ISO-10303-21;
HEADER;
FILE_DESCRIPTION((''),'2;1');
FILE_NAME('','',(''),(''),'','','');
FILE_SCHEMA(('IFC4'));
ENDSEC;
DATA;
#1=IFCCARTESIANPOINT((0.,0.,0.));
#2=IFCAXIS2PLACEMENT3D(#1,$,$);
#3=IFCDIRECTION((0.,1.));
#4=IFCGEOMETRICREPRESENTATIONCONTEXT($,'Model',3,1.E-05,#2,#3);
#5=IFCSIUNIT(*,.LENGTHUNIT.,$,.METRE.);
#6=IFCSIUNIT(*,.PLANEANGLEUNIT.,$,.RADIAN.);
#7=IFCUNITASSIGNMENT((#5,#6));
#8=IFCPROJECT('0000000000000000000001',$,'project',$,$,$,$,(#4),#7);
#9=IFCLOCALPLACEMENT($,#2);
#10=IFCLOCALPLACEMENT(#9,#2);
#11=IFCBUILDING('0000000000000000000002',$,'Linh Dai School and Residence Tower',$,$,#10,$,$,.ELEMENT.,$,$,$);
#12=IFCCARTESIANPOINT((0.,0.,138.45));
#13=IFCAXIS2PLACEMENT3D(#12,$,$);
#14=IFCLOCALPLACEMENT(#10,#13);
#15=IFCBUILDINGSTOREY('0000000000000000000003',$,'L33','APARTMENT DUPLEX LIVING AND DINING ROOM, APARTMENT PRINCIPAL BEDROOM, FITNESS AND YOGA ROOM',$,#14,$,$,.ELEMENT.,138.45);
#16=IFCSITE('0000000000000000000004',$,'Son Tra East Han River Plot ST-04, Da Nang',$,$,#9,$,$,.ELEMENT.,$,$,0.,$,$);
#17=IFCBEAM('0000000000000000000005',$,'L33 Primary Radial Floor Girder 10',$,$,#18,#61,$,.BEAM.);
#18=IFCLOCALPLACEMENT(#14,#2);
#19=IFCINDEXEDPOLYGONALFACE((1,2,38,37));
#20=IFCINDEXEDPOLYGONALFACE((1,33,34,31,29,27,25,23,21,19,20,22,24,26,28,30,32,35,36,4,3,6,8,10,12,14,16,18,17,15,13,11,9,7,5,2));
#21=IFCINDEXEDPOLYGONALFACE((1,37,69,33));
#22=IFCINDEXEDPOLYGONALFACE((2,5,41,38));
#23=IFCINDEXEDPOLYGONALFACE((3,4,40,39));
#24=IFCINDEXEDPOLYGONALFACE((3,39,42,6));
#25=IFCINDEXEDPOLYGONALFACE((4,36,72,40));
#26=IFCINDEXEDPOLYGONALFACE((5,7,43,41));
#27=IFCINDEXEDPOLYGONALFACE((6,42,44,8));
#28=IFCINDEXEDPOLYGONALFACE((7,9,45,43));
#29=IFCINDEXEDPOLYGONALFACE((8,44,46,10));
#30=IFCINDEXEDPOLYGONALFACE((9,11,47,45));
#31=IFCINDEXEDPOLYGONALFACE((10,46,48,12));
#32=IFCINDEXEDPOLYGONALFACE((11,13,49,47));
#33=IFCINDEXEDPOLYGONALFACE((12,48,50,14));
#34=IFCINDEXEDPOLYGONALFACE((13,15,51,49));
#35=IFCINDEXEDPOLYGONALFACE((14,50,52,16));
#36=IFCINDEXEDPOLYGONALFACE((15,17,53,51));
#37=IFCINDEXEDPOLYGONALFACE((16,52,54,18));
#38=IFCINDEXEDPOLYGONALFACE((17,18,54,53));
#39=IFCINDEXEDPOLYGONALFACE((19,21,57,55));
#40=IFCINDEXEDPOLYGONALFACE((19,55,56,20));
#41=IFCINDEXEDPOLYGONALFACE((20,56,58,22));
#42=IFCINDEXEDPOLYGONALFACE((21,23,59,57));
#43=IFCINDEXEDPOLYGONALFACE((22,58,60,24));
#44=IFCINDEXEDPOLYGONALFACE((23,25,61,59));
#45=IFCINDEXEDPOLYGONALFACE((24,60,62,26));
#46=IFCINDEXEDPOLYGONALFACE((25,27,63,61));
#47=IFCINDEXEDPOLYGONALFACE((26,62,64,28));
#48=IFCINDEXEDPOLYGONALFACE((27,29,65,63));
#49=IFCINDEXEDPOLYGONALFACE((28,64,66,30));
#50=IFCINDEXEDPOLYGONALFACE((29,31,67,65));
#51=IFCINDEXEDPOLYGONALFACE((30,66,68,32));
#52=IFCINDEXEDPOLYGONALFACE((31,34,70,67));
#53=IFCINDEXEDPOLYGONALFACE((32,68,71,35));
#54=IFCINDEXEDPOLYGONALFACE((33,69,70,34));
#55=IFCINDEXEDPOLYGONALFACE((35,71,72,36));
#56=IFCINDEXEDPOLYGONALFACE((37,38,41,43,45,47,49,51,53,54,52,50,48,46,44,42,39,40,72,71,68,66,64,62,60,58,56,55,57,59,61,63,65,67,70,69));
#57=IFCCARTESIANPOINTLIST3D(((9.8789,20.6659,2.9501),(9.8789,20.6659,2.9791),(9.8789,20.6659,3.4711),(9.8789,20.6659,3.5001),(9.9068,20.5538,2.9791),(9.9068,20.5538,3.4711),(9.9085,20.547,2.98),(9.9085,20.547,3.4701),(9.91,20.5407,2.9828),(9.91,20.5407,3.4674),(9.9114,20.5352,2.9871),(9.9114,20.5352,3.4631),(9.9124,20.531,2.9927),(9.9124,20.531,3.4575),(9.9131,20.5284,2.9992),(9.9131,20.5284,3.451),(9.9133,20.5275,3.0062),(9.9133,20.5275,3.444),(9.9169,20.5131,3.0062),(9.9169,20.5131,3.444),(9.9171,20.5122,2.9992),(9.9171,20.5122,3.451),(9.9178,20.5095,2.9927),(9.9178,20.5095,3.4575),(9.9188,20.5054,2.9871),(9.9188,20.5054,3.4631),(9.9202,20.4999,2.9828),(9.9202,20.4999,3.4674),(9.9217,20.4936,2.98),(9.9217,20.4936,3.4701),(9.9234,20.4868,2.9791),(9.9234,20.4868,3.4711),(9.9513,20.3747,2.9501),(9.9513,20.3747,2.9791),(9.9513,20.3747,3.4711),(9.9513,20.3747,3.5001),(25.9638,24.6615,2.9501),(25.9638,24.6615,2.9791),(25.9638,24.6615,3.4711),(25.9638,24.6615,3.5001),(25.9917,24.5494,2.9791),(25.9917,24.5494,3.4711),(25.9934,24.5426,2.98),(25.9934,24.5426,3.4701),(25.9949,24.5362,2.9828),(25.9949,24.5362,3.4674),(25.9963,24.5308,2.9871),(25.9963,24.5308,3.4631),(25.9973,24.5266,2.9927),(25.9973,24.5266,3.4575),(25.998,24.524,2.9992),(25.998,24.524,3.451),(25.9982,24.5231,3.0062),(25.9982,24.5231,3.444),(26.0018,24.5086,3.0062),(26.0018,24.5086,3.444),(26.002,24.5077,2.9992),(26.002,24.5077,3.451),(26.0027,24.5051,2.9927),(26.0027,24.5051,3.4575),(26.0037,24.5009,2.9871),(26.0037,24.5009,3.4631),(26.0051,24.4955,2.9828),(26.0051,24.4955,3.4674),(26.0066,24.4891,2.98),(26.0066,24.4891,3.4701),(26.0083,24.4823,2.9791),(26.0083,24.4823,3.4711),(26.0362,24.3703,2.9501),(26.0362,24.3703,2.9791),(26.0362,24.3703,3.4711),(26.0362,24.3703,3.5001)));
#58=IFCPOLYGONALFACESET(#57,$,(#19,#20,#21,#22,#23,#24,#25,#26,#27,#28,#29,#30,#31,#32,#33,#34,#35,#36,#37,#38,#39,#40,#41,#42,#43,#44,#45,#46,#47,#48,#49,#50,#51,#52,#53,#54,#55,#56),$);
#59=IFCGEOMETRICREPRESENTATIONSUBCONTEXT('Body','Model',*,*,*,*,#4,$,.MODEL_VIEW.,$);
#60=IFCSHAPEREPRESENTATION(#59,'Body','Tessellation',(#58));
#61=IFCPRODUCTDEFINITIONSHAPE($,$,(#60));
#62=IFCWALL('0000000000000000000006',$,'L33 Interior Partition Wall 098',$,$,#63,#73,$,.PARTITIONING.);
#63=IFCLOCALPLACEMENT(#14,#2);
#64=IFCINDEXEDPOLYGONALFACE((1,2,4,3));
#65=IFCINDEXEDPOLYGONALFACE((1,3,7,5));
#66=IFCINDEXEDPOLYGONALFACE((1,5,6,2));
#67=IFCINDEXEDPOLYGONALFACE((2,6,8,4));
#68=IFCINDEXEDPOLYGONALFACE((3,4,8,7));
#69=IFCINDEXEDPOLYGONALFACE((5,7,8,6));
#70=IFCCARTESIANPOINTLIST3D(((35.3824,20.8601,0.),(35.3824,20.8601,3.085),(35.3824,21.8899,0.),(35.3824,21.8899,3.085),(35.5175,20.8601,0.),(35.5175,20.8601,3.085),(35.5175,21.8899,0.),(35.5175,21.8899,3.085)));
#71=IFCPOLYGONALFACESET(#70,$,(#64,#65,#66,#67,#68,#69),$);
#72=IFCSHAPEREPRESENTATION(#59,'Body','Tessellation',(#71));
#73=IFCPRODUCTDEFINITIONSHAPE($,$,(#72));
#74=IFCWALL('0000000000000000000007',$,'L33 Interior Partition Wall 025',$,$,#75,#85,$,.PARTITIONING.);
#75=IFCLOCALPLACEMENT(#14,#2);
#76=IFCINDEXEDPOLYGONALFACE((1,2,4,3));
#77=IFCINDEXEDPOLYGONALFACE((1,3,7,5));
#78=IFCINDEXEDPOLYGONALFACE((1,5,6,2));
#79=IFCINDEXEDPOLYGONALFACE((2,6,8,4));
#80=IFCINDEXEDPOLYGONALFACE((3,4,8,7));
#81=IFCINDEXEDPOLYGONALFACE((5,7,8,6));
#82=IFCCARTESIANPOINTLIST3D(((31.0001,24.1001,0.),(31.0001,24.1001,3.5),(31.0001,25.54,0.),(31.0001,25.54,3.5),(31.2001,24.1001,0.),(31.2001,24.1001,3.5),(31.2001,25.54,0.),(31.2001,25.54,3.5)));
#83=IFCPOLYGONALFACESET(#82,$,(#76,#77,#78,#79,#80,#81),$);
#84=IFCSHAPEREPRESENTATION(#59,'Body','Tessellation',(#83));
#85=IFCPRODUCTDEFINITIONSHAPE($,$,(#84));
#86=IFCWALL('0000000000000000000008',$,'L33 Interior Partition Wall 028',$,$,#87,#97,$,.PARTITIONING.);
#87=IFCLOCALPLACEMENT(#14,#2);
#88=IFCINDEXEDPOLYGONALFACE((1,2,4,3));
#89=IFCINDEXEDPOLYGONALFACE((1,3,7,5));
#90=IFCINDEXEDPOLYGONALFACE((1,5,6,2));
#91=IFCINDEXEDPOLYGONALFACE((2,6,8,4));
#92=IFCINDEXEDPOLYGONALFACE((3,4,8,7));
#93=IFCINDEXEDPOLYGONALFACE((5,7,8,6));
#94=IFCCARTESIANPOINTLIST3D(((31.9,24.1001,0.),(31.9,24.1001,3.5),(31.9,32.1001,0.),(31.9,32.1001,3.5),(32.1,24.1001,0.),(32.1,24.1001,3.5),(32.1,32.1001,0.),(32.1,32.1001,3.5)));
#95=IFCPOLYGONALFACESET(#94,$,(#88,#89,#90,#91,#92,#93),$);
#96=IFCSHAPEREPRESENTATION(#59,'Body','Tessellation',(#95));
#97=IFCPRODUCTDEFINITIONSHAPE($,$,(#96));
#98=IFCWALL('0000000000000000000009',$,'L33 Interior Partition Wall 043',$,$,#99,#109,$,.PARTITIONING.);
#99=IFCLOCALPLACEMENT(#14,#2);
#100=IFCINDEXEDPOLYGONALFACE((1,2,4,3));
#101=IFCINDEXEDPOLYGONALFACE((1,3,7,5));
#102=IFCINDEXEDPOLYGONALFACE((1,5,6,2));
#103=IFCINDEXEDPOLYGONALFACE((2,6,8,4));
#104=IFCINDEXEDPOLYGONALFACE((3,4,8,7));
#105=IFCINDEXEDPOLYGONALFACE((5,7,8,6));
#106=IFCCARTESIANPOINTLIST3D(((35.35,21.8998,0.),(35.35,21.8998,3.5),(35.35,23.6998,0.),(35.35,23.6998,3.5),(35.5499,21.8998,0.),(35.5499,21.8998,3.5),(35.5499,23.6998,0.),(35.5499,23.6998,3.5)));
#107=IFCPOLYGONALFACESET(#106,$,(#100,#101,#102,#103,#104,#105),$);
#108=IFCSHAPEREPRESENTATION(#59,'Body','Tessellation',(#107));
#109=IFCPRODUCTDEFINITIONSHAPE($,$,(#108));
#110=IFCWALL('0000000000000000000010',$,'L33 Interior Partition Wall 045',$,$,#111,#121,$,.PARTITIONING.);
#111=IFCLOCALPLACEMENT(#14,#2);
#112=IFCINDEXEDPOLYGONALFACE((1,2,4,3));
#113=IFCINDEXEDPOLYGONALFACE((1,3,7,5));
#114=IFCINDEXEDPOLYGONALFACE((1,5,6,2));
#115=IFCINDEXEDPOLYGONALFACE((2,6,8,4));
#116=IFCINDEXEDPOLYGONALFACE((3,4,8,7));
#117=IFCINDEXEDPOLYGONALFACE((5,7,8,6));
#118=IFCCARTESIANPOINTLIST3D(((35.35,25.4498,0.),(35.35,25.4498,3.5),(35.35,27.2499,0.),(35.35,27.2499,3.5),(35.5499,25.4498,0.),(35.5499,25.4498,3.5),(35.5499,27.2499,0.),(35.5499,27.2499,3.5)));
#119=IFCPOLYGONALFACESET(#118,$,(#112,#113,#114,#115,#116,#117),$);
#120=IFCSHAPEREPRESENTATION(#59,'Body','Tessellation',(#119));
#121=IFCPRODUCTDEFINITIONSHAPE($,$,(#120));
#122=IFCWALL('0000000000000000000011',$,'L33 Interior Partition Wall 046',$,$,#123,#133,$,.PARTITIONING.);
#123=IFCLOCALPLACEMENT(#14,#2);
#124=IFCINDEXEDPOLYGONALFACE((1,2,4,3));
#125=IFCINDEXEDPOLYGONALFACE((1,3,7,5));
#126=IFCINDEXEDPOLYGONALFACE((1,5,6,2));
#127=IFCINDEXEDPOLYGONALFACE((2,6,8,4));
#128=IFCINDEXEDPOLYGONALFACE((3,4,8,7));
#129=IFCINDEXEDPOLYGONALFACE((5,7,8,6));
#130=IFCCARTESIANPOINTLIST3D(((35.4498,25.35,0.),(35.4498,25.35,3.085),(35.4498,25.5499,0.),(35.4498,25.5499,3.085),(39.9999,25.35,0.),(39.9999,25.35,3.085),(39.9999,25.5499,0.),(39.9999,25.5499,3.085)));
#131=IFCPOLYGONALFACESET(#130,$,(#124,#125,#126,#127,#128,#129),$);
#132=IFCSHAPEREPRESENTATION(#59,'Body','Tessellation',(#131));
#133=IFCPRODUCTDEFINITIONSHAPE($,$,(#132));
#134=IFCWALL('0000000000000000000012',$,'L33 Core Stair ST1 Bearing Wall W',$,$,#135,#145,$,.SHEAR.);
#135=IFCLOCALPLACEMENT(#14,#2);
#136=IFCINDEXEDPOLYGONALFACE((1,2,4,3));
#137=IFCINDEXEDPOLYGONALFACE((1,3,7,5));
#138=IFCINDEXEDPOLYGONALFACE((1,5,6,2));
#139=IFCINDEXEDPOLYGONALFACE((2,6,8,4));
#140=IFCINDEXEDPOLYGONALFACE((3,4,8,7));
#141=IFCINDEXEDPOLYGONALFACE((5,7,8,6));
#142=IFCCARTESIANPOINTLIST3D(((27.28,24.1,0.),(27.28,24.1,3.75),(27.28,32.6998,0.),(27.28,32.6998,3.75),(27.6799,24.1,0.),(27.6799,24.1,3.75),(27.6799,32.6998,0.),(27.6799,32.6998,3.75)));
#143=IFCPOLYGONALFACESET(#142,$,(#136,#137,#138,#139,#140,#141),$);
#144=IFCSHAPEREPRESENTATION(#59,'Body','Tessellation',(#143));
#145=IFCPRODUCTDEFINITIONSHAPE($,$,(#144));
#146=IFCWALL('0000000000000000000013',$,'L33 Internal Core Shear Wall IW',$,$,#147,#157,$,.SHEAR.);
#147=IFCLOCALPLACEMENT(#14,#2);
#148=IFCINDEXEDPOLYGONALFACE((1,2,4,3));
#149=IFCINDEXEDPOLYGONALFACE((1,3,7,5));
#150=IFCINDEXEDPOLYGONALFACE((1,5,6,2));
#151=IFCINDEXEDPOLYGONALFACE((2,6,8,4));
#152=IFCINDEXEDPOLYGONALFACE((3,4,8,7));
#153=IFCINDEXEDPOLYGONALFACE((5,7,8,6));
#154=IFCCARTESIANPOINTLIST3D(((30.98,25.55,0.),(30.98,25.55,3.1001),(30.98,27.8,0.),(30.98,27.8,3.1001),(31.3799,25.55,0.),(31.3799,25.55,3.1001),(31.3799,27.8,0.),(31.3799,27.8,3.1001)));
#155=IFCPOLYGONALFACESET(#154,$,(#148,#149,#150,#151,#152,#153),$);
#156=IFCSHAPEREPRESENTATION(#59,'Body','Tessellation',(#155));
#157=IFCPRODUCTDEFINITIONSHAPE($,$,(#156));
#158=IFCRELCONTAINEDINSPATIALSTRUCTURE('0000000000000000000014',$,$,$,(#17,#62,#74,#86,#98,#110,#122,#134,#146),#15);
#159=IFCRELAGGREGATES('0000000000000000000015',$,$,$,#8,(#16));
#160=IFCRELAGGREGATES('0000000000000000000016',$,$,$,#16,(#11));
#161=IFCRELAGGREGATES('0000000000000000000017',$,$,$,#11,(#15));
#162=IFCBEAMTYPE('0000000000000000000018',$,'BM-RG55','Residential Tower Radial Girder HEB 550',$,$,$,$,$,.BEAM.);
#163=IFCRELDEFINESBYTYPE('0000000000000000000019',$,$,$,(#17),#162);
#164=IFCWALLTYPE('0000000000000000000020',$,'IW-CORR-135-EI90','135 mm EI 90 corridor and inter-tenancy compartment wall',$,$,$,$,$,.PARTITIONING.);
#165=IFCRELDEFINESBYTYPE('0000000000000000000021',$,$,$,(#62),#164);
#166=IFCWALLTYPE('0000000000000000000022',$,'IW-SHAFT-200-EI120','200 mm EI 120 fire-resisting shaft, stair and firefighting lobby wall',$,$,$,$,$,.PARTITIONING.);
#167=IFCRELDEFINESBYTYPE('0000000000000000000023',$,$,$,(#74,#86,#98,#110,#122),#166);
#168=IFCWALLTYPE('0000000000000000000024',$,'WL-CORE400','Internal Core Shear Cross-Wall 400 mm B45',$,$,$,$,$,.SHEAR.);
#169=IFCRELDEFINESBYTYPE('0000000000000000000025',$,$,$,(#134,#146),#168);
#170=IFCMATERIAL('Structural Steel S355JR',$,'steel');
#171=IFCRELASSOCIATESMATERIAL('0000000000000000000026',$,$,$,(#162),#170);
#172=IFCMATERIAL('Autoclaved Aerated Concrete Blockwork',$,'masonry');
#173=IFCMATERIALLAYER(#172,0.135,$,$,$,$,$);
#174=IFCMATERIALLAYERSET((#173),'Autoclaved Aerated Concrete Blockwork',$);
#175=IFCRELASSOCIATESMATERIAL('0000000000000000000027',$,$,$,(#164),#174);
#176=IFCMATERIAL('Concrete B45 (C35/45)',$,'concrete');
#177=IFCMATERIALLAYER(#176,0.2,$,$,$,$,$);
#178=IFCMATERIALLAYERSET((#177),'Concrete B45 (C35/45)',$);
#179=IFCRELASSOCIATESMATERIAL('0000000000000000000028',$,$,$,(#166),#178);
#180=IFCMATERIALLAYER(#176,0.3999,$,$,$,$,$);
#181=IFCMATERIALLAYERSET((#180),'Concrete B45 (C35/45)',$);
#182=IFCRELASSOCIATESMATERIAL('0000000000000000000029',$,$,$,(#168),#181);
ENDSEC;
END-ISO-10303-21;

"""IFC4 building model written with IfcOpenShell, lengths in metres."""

from ifc_helpers import new_model, si_unit, direction, frame, frame_2d, origin, origin_2d, place, context, subcontext, project, spatial, rectangle, i_section, extrude, material, layer, layer_set, material_profile, profile_set, type_object, element, save


model = new_model("IFC4")

# Units and contexts
model_context = context("Model", 3, precision=1e-05, world=origin(), true_north=direction((0.0, 1.0)))
body_context = subcontext(model_context, "Body", "Model", "MODEL_VIEW")
ifc_project = project(units=[si_unit("LENGTHUNIT", "METRE"), si_unit("PLANEANGLEUNIT", "RADIAN")], contexts=[model_context])

# Site, building, storey
site_placement = place(None, origin())
site = spatial("IfcSite", under=ifc_project, at=site_placement, Name="Son Tra East Han River Plot ST-04, Da Nang", CompositionType="ELEMENT", RefElevation=0.0)
building_placement = place(site_placement, origin())
building = spatial("IfcBuilding", under=site, at=building_placement, Name="Linh Dai School and Residence Tower", CompositionType="ELEMENT")
storey_placement = place(building_placement, frame((0.0, 0.0, 138.45)))
storey = spatial("IfcBuildingStorey", under=building, at=storey_placement, Name="L33", Description="APARTMENT DUPLEX LIVING AND DINING ROOM, APARTMENT PRINCIPAL BEDROOM, FITNESS AND YOGA ROOM", CompositionType="ELEMENT", Elevation=138.45)

# Shared definitions
ifc_material_1 = material(Name="Structural Steel S355JR", Category="steel")

# Beam
ifc_material_profile_1 = material_profile(ifc_material_1, i_section(OverallWidth=0.3, OverallDepth=0.55, WebThickness=0.0149, FlangeThickness=0.0291, FilletRadius=0.0271, at=origin_2d()), Name="HEB 550")
ifc_profile_set_1 = profile_set([ifc_material_profile_1], Name="Structural Steel S355JR")
beam_type = type_object("IfcBeamType", Name="BM-RG55", Description="Residential Tower Radial Girder HEB 550", PredefinedType="BEAM", material=ifc_profile_set_1)
beam_placement = place(storey_placement, frame((26.0, 24.5159, 3.2251), z_axis=(-0.970505, -0.24108, 0.0), x_axis=(0.24108, -0.970505, 0.0)))
element("IfcBeam", 1, at=beam_placement, inside=storey, type_object=beam_type, Name="L33 Primary Radial Floor Girder 10", PredefinedType="BEAM", context=body_context, shape_type="SweptSolid", body=[
    extrude(i_section(OverallWidth=0.3, OverallDepth=0.55, WebThickness=0.0149, FlangeThickness=0.0291, FilletRadius=0.0271, at=origin_2d()), origin(), (0.0, 0.0, 1.0), 16.5737),
])

# Wall
ifc_material_2 = material(Name="Autoclaved Aerated Concrete Blockwork", Category="masonry")
ifc_layer_1 = layer(ifc_material_2, 0.135)
ifc_layer_set_1 = layer_set([ifc_layer_1], Name="Autoclaved Aerated Concrete Blockwork")
wall_type_1 = type_object("IfcWallType", Name="IW-CORR-135-EI90", Description="135 mm EI 90 corridor and inter-tenancy compartment wall", PredefinedType="PARTITIONING", material=ifc_layer_set_1)
wall_1_placement = place(storey_placement, frame((35.45, 21.8899, 0.0), z_axis=(0.0, 0.0, 1.0), x_axis=(0.0, -1.0, 0.0)))
element("IfcWall", 2, at=wall_1_placement, inside=storey, type_object=wall_type_1, Name="L33 Interior Partition Wall 098", PredefinedType="PARTITIONING", context=body_context, shape_type="SweptSolid", body=[
    extrude(rectangle(XDim=1.0298, YDim=0.135, at=frame_2d((0.5149, 0.0))), origin(), (0.0, 0.0, 1.0), 3.085),
])

# Shared definitions
ifc_material_3 = material(Name="Concrete B45 (C35/45)", Category="concrete")
ifc_layer_2 = layer(ifc_material_3, 0.2)
ifc_layer_set_2 = layer_set([ifc_layer_2], Name="Concrete B45 (C35/45)")
wall_type_2 = type_object("IfcWallType", Name="IW-SHAFT-200-EI120", Description="200 mm EI 120 fire-resisting shaft, stair and firefighting lobby wall", PredefinedType="PARTITIONING", material=ifc_layer_set_2)

# Walls
wall_2_placement = place(storey_placement, frame((31.1001, 24.1001, 0.0), z_axis=(0.0, 0.0, 1.0), x_axis=(0.0, 1.0, 0.0)))
element("IfcWall", 3, at=wall_2_placement, inside=storey, type_object=wall_type_2, Name="L33 Interior Partition Wall 025", PredefinedType="PARTITIONING", context=body_context, shape_type="SweptSolid", body=[
    extrude(rectangle(XDim=1.4399, YDim=0.2, at=frame_2d((0.72, 0.0))), origin(), (0.0, 0.0, 1.0), 3.5),
])
wall_3_placement = place(storey_placement, frame((32.0, 24.1001, 0.0), z_axis=(0.0, 0.0, 1.0), x_axis=(0.0, 1.0, 0.0)))
element("IfcWall", 4, at=wall_3_placement, inside=storey, type_object=wall_type_2, Name="L33 Interior Partition Wall 028", PredefinedType="PARTITIONING", context=body_context, shape_type="SweptSolid", body=[
    extrude(rectangle(XDim=8.0, YDim=0.2, at=frame_2d((4.0, 0.0))), origin(), (0.0, 0.0, 1.0), 3.5),
])

# Wall
wall_4_placement = place(storey_placement, frame((35.45, 21.8999, 0.0), z_axis=(0.0, 0.0, 1.0), x_axis=(0.0, 1.0, 0.0)))
element("IfcWall", 5, at=wall_4_placement, inside=storey, type_object=wall_type_2, Name="L33 Interior Partition Wall 043", PredefinedType="PARTITIONING", context=body_context, shape_type="SweptSolid", body=[
    extrude(rectangle(XDim=1.8, YDim=0.2, at=frame_2d((0.8999, 0.0))), origin(), (0.0, 0.0, 1.0), 3.5),
])

# Walls
wall_5_placement = place(storey_placement, frame((35.45, 25.45, 0.0), z_axis=(0.0, 0.0, 1.0), x_axis=(0.0, 1.0, 0.0)))
element("IfcWall", 6, at=wall_5_placement, inside=storey, type_object=wall_type_2, Name="L33 Interior Partition Wall 045", PredefinedType="PARTITIONING", context=body_context, shape_type="SweptSolid", body=[
    extrude(rectangle(XDim=1.8, YDim=0.2, at=frame_2d((0.8999, 0.0))), origin(), (0.0, 0.0, 1.0), 3.5),
])
wall_6_placement = place(storey_placement, frame((35.45, 25.45, 0.0), z_axis=(0.0, 0.0, 1.0), x_axis=(1.0, 0.0, 0.0)))
element("IfcWall", 7, at=wall_6_placement, inside=storey, type_object=wall_type_2, Name="L33 Interior Partition Wall 046", PredefinedType="PARTITIONING", context=body_context, shape_type="SweptSolid", body=[
    extrude(rectangle(XDim=4.55, YDim=0.2, at=frame_2d((2.2749, 0.0))), origin(), (0.0, 0.0, 1.0), 3.085),
])
ifc_layer_3 = layer(ifc_material_3, 0.3999)
ifc_layer_set_3 = layer_set([ifc_layer_3], Name="Concrete B45 (C35/45)")
wall_type_3 = type_object("IfcWallType", Name="WL-CORE400", Description="Internal Core Shear Cross-Wall 400 mm B45", PredefinedType="SHEAR", material=ifc_layer_set_3)
wall_7_placement = place(storey_placement, frame((27.48, 24.1001, 0.0), z_axis=(0.0, 0.0, 1.0), x_axis=(0.0, 1.0, 0.0)))
element("IfcWall", 8, at=wall_7_placement, inside=storey, type_object=wall_type_3, Name="L33 Core Stair ST1 Bearing Wall W", PredefinedType="SHEAR", context=body_context, shape_type="SweptSolid", body=[
    extrude(rectangle(XDim=8.5999, YDim=0.3999, at=frame_2d((4.2998, 0.0))), origin(), (0.0, 0.0, 1.0), 3.75),
])
wall_8_placement = place(storey_placement, frame((31.1799, 25.55, 0.0), z_axis=(0.0, 0.0, 1.0), x_axis=(0.0, 1.0, 0.0)))
element("IfcWall", 9, at=wall_8_placement, inside=storey, type_object=wall_type_3, Name="L33 Internal Core Shear Wall IW", PredefinedType="SHEAR", context=body_context, shape_type="SweptSolid", body=[
    extrude(rectangle(XDim=2.25, YDim=0.3999, at=frame_2d((1.125, 0.0))), origin(), (0.0, 0.0, 1.0), 3.1001),
])

save(model, "model.ifc")
